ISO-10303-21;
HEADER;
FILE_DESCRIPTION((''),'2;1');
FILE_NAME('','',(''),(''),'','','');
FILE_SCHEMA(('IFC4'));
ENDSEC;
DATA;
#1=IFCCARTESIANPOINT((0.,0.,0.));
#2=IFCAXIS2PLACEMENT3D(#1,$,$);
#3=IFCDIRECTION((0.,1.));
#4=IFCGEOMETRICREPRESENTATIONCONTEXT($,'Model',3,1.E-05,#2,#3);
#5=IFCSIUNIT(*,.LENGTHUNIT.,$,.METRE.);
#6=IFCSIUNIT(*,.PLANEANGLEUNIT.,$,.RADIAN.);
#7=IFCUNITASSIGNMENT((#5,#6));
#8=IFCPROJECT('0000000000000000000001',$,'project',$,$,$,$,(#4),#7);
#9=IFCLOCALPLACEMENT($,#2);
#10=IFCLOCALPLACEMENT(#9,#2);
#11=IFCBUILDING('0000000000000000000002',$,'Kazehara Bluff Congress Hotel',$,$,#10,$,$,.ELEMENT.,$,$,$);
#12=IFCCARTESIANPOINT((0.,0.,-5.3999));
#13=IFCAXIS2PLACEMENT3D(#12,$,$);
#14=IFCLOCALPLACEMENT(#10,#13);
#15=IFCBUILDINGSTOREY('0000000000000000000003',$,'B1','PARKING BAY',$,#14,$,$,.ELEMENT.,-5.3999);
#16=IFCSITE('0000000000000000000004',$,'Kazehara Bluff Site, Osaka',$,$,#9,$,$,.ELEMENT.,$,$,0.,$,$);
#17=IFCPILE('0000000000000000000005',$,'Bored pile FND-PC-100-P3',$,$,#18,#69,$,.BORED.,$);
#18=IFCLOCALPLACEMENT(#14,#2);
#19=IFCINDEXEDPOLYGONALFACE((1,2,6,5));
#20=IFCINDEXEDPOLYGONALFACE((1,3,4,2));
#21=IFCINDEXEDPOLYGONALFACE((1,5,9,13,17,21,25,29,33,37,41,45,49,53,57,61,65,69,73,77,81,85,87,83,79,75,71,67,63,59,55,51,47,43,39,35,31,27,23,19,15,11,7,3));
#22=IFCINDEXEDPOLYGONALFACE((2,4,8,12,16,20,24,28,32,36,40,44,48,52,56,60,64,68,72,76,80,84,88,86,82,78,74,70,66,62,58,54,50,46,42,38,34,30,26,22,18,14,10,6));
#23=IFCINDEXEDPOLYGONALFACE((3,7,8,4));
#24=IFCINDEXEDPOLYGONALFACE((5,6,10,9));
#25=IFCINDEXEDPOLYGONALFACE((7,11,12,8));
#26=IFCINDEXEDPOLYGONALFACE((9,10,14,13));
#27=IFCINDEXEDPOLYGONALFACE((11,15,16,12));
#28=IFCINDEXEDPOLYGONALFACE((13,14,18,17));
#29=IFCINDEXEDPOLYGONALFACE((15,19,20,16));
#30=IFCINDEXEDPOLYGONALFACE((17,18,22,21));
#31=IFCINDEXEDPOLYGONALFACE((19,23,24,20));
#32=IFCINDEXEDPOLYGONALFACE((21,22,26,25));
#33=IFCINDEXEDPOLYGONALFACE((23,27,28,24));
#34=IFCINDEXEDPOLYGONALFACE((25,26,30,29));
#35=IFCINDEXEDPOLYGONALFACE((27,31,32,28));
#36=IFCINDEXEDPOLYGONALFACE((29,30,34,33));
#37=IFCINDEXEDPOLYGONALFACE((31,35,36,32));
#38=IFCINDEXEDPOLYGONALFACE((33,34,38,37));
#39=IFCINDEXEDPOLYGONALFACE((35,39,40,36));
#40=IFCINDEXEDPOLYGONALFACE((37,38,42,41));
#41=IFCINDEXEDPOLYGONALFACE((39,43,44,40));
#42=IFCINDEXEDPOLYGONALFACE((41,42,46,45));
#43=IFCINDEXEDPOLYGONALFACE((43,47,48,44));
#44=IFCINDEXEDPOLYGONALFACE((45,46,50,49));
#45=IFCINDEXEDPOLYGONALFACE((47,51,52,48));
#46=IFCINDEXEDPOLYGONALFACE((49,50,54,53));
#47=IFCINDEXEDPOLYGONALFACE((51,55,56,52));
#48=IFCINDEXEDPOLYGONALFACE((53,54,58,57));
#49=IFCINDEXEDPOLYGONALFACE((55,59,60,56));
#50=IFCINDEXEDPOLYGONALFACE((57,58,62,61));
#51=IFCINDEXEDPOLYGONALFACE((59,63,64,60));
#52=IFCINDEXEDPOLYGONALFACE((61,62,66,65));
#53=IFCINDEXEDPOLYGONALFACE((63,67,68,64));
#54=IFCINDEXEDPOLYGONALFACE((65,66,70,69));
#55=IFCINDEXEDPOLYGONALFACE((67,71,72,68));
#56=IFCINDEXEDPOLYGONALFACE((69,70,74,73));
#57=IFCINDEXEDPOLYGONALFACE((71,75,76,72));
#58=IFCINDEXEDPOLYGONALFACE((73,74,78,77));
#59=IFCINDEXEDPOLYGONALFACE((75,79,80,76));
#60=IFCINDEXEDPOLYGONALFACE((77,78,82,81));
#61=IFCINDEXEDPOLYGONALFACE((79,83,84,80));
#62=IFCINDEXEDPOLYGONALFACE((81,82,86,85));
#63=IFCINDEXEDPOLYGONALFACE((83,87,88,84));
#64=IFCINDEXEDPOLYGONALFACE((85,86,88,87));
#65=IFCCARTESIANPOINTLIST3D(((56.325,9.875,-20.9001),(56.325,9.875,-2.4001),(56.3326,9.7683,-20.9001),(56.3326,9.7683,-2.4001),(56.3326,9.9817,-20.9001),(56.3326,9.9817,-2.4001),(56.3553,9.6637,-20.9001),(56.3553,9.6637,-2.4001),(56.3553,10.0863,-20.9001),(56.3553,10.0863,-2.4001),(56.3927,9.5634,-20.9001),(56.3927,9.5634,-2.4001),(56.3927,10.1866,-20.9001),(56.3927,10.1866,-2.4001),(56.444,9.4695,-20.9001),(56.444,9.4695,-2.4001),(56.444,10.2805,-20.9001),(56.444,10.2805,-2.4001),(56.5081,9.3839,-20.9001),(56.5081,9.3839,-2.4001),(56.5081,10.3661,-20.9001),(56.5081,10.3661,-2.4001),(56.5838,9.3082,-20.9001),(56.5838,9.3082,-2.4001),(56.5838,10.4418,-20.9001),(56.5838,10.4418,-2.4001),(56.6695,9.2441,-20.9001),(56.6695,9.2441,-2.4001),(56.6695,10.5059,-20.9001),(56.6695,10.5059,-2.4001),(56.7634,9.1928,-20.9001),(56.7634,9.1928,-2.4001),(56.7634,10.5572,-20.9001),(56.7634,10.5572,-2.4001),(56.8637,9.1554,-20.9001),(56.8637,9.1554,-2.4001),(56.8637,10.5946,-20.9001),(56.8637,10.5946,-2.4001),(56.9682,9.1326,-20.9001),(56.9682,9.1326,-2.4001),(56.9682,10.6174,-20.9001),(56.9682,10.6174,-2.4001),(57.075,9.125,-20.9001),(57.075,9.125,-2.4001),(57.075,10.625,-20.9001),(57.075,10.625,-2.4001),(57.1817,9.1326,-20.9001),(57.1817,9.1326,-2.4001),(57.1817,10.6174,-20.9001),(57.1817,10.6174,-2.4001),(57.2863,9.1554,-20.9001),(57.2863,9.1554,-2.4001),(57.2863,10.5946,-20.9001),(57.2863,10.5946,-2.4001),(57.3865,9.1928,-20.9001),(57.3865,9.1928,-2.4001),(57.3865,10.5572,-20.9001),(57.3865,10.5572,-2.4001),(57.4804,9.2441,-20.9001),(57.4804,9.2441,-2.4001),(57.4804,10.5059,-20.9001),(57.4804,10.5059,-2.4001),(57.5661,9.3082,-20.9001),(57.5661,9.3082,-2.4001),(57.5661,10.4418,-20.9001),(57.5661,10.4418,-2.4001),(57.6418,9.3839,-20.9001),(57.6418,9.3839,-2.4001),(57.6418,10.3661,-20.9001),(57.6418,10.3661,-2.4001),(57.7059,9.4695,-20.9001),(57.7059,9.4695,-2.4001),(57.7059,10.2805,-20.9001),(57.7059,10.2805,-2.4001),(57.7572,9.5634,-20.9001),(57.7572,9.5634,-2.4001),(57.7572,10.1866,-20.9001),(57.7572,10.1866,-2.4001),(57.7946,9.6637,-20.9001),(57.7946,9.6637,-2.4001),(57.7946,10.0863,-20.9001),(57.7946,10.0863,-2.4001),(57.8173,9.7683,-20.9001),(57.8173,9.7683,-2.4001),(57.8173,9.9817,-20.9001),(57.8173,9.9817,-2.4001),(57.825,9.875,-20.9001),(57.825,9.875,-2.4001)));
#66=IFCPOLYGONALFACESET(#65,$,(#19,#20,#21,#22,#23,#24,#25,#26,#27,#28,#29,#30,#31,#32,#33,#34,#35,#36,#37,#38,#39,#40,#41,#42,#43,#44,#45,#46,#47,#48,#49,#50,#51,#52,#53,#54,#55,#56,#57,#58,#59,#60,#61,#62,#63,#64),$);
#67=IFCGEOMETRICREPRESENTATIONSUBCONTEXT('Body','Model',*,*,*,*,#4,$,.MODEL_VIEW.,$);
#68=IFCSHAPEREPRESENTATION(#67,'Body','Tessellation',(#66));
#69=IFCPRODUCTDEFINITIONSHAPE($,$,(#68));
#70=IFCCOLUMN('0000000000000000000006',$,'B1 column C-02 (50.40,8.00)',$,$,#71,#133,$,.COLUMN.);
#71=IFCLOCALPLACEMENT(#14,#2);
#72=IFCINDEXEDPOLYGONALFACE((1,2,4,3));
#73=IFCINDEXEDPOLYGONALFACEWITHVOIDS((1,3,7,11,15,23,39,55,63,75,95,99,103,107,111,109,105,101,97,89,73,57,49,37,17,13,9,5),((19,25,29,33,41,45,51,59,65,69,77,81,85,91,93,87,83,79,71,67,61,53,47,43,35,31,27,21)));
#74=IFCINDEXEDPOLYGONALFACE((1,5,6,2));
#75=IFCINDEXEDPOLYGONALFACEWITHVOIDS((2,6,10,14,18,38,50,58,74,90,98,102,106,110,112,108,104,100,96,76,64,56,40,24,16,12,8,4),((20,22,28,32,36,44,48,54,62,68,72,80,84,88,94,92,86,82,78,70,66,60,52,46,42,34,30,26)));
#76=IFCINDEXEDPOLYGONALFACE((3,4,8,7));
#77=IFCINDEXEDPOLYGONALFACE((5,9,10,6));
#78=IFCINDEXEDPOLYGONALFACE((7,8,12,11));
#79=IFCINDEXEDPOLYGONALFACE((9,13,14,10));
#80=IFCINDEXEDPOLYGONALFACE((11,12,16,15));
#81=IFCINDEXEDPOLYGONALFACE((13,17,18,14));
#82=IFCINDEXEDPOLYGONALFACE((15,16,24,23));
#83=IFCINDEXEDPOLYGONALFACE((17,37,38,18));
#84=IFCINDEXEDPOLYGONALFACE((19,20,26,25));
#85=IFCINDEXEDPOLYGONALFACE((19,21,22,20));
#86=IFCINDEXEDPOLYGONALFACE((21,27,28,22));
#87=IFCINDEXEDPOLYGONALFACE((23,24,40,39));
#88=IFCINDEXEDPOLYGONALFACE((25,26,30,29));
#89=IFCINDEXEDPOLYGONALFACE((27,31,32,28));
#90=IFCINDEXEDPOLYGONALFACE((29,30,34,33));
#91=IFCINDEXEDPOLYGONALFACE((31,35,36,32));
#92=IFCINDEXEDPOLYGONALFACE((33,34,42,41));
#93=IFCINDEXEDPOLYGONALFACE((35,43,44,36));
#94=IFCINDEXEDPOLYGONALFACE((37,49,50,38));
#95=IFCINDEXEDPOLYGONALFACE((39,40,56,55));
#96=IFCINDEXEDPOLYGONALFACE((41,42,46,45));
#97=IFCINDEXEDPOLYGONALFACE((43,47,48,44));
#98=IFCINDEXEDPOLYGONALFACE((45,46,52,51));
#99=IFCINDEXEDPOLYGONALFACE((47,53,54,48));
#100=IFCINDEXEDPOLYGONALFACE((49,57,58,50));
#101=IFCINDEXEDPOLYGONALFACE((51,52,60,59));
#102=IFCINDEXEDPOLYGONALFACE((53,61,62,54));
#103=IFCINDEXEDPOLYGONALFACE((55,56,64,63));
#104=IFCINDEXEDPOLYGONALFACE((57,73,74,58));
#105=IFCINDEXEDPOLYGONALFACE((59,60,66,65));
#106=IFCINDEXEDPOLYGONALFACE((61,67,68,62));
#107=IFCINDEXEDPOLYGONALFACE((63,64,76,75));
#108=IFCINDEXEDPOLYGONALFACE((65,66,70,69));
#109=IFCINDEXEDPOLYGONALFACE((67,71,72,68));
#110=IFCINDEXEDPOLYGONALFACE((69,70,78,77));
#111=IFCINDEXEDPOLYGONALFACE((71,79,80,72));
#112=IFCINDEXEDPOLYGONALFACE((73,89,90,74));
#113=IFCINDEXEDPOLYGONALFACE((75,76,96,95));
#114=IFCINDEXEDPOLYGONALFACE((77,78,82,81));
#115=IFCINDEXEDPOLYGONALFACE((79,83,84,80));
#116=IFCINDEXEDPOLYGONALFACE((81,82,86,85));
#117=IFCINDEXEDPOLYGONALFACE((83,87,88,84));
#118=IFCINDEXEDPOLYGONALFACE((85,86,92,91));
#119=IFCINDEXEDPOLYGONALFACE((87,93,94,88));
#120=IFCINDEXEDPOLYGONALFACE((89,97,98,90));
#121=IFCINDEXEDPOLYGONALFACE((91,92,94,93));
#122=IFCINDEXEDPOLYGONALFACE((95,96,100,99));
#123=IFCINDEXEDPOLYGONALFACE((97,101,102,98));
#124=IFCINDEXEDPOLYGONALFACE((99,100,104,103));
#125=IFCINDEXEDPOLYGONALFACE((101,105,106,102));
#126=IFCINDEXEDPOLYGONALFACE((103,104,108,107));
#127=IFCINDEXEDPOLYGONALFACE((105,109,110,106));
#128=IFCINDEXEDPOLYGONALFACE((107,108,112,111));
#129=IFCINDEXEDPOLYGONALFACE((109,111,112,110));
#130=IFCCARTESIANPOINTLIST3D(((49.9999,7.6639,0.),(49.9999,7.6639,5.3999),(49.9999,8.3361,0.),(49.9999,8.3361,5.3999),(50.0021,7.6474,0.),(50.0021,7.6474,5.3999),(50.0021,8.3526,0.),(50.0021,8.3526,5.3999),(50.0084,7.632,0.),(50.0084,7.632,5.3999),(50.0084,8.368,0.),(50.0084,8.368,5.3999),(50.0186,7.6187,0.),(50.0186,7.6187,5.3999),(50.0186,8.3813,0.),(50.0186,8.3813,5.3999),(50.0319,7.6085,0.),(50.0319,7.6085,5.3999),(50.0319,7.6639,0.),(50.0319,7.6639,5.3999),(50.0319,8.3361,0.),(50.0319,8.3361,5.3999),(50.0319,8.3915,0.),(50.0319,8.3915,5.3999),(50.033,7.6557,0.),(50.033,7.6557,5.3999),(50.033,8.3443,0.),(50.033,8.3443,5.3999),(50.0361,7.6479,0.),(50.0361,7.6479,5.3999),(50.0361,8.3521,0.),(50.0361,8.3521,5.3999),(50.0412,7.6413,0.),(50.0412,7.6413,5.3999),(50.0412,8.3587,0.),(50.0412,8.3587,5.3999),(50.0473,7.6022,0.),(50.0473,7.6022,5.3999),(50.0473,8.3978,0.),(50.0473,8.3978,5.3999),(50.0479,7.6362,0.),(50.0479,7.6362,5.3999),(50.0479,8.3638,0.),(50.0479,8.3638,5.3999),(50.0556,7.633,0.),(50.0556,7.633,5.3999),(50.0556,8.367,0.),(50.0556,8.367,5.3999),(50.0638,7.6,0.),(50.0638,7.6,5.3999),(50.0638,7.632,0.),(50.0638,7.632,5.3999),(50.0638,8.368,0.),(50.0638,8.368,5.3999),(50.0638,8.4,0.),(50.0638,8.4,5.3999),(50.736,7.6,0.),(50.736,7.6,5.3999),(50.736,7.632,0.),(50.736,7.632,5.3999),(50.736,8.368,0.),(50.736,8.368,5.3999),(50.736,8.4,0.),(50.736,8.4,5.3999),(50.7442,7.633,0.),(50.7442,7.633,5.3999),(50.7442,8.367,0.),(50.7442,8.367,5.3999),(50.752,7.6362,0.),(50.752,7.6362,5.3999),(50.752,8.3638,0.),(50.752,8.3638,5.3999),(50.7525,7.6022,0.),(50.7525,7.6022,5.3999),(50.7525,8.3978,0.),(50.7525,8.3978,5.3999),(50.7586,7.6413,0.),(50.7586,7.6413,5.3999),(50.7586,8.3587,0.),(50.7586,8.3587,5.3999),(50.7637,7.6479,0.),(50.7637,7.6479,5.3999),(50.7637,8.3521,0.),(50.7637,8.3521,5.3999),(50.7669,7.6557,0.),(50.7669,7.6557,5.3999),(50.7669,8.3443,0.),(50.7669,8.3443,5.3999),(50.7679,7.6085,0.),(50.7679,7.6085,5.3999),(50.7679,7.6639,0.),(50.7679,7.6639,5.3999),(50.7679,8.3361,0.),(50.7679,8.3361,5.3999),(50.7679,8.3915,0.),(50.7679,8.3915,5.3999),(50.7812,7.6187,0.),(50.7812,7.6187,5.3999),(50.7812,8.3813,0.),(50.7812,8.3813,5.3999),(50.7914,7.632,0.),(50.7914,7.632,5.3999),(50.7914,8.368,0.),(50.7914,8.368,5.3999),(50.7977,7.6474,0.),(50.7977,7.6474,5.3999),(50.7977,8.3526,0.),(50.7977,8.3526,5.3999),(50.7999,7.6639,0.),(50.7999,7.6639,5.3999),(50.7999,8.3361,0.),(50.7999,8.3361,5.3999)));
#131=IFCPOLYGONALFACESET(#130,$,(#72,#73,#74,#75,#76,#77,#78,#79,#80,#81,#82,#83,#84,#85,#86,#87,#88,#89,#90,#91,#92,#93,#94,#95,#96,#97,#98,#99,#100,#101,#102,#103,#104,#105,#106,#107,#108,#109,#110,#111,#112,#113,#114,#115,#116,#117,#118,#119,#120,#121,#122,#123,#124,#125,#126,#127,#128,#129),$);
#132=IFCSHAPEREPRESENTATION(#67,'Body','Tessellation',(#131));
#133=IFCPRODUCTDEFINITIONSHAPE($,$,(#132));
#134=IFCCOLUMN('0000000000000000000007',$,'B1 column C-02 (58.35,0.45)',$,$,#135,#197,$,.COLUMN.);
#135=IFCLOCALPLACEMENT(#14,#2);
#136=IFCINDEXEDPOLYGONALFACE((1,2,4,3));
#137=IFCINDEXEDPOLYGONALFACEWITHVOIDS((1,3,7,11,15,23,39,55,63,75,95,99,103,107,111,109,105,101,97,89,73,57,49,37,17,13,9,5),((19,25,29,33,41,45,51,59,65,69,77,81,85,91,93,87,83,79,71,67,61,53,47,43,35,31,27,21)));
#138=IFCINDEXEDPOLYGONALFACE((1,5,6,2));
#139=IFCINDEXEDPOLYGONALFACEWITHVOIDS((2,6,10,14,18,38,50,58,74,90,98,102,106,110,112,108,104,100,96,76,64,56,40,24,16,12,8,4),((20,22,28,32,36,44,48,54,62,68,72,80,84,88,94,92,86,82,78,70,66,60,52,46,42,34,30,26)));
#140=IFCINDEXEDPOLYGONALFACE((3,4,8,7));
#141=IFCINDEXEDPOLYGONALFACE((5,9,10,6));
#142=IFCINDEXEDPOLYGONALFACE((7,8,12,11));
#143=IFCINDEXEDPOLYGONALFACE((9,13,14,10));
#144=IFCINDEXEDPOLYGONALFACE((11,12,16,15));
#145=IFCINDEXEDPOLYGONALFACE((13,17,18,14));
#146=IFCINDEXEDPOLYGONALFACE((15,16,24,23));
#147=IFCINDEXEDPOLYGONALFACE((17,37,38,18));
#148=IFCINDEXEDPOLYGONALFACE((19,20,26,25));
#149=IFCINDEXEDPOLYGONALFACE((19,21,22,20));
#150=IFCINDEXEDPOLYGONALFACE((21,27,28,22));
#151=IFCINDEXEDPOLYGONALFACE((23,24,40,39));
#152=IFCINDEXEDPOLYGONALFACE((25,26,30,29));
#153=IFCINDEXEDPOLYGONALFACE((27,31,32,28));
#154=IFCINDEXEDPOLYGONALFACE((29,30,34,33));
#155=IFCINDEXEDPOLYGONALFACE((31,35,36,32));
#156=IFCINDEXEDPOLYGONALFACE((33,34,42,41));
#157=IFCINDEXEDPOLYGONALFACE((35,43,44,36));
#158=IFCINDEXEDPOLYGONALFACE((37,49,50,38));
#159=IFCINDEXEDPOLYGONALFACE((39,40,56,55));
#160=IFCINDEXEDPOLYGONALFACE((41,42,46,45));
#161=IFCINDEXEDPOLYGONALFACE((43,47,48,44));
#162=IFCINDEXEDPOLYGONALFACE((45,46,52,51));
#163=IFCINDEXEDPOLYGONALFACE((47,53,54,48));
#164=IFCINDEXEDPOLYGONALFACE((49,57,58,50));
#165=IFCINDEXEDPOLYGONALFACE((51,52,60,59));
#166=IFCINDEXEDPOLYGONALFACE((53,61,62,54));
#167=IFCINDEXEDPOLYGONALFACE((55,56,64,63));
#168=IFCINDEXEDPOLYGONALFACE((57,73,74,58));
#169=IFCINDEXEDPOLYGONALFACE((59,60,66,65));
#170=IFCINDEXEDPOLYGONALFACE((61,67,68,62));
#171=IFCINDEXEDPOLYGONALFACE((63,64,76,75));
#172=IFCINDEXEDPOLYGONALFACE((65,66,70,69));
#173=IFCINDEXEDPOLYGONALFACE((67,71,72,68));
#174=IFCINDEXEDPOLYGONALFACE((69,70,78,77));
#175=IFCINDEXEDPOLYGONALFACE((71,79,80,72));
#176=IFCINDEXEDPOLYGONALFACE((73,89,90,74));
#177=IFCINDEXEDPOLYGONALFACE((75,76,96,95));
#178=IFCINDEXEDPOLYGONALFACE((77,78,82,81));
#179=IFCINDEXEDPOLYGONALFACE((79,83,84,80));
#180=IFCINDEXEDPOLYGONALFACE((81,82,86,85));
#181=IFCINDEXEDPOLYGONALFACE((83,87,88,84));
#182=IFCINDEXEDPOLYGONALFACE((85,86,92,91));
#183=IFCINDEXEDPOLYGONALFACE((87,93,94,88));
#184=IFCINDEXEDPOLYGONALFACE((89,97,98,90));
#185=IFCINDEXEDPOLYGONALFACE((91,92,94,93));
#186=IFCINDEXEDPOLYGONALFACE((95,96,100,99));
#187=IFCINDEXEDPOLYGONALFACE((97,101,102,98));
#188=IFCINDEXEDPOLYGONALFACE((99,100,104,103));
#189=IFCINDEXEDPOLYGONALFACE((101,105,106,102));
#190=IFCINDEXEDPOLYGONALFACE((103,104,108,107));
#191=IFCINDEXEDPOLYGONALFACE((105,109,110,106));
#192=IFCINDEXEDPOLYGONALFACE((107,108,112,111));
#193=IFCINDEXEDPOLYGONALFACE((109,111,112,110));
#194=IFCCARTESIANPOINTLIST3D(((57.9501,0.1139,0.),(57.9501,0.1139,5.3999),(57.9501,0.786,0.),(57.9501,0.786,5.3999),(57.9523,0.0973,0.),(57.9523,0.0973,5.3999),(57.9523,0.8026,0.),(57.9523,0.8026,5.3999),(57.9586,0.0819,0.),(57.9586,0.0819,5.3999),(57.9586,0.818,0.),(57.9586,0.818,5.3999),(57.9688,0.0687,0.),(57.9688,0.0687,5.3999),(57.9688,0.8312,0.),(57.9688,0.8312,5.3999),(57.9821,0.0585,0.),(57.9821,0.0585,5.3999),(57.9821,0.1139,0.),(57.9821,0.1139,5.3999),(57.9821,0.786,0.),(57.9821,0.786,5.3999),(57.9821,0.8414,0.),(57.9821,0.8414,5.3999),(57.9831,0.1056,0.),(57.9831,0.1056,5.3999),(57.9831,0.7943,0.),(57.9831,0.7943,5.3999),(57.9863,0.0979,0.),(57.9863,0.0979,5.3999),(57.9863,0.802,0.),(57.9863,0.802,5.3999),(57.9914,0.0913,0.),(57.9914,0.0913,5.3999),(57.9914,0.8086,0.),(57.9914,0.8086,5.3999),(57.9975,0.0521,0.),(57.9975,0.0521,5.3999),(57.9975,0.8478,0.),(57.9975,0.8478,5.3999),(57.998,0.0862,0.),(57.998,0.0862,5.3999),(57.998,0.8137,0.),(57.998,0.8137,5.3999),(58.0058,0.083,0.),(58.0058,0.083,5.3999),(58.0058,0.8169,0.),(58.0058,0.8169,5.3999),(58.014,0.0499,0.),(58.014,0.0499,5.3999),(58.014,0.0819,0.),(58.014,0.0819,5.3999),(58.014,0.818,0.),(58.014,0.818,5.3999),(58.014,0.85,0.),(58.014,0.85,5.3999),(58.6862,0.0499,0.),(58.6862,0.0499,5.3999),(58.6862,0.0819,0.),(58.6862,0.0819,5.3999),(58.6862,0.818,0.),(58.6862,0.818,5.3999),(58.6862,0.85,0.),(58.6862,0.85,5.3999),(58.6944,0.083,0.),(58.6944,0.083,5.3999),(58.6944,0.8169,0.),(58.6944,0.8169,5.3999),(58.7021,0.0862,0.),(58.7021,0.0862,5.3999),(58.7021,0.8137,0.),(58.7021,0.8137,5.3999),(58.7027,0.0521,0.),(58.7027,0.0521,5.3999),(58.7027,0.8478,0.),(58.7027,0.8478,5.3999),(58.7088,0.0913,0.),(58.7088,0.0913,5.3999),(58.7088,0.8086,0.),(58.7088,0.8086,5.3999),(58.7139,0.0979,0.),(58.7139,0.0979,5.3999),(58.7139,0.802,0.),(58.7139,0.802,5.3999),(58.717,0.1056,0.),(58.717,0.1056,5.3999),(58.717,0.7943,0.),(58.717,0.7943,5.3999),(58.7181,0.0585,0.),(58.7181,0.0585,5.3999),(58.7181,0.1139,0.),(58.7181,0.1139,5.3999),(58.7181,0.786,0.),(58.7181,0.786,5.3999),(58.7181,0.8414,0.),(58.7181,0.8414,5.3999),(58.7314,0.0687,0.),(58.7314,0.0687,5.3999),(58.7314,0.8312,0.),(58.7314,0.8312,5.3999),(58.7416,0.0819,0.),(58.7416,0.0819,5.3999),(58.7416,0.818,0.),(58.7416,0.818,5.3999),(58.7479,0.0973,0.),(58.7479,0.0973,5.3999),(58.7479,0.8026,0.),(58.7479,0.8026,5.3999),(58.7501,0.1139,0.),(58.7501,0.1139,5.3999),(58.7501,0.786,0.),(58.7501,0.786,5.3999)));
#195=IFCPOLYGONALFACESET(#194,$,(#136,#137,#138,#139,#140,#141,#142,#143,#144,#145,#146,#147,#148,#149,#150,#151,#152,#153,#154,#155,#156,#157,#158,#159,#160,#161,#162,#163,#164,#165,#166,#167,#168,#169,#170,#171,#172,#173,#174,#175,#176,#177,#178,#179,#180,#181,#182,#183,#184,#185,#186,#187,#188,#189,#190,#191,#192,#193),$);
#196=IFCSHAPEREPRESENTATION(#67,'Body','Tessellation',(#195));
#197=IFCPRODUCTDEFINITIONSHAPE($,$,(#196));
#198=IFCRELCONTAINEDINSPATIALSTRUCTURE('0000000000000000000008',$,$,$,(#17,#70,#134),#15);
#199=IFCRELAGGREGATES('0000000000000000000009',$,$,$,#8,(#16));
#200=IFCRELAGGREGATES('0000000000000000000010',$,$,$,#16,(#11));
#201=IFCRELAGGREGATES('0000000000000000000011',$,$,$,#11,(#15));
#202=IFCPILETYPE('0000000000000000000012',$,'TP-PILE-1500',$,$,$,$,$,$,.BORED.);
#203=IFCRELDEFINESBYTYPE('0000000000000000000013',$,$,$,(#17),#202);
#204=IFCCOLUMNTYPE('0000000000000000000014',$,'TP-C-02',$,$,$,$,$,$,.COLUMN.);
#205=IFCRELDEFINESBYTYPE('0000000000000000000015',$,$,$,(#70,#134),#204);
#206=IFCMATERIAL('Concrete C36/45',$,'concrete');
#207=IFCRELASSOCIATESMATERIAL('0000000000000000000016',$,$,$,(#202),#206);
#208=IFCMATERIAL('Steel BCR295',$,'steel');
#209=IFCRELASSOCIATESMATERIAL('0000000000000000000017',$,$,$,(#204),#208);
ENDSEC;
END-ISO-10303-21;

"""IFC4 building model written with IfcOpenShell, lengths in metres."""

from ifc_helpers import new_model, si_unit, direction, frame, origin, origin_2d, place, context, subcontext, project, spatial, hollow_rectangle, circle, extrude, material, material_profile, profile_set, type_object, element, save


model = new_model("IFC4")

# Units and contexts
model_context = context("Model", 3, precision=1e-05, world=origin(), true_north=direction((0.0, 1.0)))
body_context = subcontext(model_context, "Body", "Model", "MODEL_VIEW")
ifc_project = project(units=[si_unit("LENGTHUNIT", "METRE"), si_unit("PLANEANGLEUNIT", "RADIAN")], contexts=[model_context])

# Site, building, storey
site_placement = place(None, origin())
site = spatial("IfcSite", under=ifc_project, at=site_placement, Name="Kazehara Bluff Site, Osaka", CompositionType="ELEMENT", RefElevation=0.0)
building_placement = place(site_placement, origin())
building = spatial("IfcBuilding", under=site, at=building_placement, Name="Kazehara Bluff Congress Hotel", CompositionType="ELEMENT")
storey_placement = place(building_placement, frame((0.0, 0.0, -5.3999)))
storey = spatial("IfcBuildingStorey", under=building, at=storey_placement, Name="B1", Description="PARKING BAY", CompositionType="ELEMENT", Elevation=-5.3999)

# Pile
ifc_material_1 = material(Name="Concrete C36/45", Category="concrete")
ifc_material_profile_1 = material_profile(ifc_material_1, circle(Radius=0.75, at=origin_2d()))
ifc_profile_set_1 = profile_set([ifc_material_profile_1], Name="Concrete C36/45")
pile_type_1 = type_object("IfcPileType", Name="TP-PILE-1500", PredefinedType="BORED", material=ifc_profile_set_1)
for number, where, z_axis, x_axis, name in (
    (1, (57.075, 9.875, -2.4001), (0.0, 0.0, -1.0), (1.0, 0.0, 0.0), "Bored pile FND-PC-100-P3"),
):
    element("IfcPile", number, at=place(storey_placement, frame(where, z_axis=z_axis, x_axis=x_axis)), inside=storey, type_object=pile_type_1, Name=name, PredefinedType="BORED", context=body_context, shape_type="SweptSolid", body=[
        extrude(circle(Radius=0.75, at=origin_2d()), origin(), (0.0, 0.0, 1.0), 18.5),
    ])

# Columns
ifc_material_2 = material(Name="Steel BCR295", Category="steel")
ifc_material_profile_2 = material_profile(ifc_material_2, hollow_rectangle(XDim=0.8, YDim=0.8, WallThickness=0.032, InnerFilletRadius=0.032, OuterFilletRadius=0.064, at=origin_2d()))
ifc_profile_set_2 = profile_set([ifc_material_profile_2], Name="Steel BCR295")
column_type = type_object("IfcColumnType", Name="TP-C-02", PredefinedType="COLUMN", material=ifc_profile_set_2)
for number, where, z_axis, x_axis, name in (
    (2, (50.3999, 8.0, 0.0), (0.0, 0.0, 1.0), (1.0, 0.0, 0.0), "B1 column C-02 (50.40,8.00)"),
    (3, (58.3501, 0.45, 0.0), (0.0, 0.0, 1.0), (1.0, 0.0, 0.0), "B1 column C-02 (58.35,0.45)"),
):
    element("IfcColumn", number, at=place(storey_placement, frame(where, z_axis=z_axis, x_axis=x_axis)), inside=storey, type_object=column_type, Name=name, PredefinedType="COLUMN", context=body_context, shape_type="SweptSolid", body=[
        extrude(hollow_rectangle(XDim=0.8, YDim=0.8, WallThickness=0.032, InnerFilletRadius=0.032, OuterFilletRadius=0.064, at=origin_2d()), origin(), (0.0, 0.0, 1.0), 5.3999),
    ])

save(model, "model.ifc")
